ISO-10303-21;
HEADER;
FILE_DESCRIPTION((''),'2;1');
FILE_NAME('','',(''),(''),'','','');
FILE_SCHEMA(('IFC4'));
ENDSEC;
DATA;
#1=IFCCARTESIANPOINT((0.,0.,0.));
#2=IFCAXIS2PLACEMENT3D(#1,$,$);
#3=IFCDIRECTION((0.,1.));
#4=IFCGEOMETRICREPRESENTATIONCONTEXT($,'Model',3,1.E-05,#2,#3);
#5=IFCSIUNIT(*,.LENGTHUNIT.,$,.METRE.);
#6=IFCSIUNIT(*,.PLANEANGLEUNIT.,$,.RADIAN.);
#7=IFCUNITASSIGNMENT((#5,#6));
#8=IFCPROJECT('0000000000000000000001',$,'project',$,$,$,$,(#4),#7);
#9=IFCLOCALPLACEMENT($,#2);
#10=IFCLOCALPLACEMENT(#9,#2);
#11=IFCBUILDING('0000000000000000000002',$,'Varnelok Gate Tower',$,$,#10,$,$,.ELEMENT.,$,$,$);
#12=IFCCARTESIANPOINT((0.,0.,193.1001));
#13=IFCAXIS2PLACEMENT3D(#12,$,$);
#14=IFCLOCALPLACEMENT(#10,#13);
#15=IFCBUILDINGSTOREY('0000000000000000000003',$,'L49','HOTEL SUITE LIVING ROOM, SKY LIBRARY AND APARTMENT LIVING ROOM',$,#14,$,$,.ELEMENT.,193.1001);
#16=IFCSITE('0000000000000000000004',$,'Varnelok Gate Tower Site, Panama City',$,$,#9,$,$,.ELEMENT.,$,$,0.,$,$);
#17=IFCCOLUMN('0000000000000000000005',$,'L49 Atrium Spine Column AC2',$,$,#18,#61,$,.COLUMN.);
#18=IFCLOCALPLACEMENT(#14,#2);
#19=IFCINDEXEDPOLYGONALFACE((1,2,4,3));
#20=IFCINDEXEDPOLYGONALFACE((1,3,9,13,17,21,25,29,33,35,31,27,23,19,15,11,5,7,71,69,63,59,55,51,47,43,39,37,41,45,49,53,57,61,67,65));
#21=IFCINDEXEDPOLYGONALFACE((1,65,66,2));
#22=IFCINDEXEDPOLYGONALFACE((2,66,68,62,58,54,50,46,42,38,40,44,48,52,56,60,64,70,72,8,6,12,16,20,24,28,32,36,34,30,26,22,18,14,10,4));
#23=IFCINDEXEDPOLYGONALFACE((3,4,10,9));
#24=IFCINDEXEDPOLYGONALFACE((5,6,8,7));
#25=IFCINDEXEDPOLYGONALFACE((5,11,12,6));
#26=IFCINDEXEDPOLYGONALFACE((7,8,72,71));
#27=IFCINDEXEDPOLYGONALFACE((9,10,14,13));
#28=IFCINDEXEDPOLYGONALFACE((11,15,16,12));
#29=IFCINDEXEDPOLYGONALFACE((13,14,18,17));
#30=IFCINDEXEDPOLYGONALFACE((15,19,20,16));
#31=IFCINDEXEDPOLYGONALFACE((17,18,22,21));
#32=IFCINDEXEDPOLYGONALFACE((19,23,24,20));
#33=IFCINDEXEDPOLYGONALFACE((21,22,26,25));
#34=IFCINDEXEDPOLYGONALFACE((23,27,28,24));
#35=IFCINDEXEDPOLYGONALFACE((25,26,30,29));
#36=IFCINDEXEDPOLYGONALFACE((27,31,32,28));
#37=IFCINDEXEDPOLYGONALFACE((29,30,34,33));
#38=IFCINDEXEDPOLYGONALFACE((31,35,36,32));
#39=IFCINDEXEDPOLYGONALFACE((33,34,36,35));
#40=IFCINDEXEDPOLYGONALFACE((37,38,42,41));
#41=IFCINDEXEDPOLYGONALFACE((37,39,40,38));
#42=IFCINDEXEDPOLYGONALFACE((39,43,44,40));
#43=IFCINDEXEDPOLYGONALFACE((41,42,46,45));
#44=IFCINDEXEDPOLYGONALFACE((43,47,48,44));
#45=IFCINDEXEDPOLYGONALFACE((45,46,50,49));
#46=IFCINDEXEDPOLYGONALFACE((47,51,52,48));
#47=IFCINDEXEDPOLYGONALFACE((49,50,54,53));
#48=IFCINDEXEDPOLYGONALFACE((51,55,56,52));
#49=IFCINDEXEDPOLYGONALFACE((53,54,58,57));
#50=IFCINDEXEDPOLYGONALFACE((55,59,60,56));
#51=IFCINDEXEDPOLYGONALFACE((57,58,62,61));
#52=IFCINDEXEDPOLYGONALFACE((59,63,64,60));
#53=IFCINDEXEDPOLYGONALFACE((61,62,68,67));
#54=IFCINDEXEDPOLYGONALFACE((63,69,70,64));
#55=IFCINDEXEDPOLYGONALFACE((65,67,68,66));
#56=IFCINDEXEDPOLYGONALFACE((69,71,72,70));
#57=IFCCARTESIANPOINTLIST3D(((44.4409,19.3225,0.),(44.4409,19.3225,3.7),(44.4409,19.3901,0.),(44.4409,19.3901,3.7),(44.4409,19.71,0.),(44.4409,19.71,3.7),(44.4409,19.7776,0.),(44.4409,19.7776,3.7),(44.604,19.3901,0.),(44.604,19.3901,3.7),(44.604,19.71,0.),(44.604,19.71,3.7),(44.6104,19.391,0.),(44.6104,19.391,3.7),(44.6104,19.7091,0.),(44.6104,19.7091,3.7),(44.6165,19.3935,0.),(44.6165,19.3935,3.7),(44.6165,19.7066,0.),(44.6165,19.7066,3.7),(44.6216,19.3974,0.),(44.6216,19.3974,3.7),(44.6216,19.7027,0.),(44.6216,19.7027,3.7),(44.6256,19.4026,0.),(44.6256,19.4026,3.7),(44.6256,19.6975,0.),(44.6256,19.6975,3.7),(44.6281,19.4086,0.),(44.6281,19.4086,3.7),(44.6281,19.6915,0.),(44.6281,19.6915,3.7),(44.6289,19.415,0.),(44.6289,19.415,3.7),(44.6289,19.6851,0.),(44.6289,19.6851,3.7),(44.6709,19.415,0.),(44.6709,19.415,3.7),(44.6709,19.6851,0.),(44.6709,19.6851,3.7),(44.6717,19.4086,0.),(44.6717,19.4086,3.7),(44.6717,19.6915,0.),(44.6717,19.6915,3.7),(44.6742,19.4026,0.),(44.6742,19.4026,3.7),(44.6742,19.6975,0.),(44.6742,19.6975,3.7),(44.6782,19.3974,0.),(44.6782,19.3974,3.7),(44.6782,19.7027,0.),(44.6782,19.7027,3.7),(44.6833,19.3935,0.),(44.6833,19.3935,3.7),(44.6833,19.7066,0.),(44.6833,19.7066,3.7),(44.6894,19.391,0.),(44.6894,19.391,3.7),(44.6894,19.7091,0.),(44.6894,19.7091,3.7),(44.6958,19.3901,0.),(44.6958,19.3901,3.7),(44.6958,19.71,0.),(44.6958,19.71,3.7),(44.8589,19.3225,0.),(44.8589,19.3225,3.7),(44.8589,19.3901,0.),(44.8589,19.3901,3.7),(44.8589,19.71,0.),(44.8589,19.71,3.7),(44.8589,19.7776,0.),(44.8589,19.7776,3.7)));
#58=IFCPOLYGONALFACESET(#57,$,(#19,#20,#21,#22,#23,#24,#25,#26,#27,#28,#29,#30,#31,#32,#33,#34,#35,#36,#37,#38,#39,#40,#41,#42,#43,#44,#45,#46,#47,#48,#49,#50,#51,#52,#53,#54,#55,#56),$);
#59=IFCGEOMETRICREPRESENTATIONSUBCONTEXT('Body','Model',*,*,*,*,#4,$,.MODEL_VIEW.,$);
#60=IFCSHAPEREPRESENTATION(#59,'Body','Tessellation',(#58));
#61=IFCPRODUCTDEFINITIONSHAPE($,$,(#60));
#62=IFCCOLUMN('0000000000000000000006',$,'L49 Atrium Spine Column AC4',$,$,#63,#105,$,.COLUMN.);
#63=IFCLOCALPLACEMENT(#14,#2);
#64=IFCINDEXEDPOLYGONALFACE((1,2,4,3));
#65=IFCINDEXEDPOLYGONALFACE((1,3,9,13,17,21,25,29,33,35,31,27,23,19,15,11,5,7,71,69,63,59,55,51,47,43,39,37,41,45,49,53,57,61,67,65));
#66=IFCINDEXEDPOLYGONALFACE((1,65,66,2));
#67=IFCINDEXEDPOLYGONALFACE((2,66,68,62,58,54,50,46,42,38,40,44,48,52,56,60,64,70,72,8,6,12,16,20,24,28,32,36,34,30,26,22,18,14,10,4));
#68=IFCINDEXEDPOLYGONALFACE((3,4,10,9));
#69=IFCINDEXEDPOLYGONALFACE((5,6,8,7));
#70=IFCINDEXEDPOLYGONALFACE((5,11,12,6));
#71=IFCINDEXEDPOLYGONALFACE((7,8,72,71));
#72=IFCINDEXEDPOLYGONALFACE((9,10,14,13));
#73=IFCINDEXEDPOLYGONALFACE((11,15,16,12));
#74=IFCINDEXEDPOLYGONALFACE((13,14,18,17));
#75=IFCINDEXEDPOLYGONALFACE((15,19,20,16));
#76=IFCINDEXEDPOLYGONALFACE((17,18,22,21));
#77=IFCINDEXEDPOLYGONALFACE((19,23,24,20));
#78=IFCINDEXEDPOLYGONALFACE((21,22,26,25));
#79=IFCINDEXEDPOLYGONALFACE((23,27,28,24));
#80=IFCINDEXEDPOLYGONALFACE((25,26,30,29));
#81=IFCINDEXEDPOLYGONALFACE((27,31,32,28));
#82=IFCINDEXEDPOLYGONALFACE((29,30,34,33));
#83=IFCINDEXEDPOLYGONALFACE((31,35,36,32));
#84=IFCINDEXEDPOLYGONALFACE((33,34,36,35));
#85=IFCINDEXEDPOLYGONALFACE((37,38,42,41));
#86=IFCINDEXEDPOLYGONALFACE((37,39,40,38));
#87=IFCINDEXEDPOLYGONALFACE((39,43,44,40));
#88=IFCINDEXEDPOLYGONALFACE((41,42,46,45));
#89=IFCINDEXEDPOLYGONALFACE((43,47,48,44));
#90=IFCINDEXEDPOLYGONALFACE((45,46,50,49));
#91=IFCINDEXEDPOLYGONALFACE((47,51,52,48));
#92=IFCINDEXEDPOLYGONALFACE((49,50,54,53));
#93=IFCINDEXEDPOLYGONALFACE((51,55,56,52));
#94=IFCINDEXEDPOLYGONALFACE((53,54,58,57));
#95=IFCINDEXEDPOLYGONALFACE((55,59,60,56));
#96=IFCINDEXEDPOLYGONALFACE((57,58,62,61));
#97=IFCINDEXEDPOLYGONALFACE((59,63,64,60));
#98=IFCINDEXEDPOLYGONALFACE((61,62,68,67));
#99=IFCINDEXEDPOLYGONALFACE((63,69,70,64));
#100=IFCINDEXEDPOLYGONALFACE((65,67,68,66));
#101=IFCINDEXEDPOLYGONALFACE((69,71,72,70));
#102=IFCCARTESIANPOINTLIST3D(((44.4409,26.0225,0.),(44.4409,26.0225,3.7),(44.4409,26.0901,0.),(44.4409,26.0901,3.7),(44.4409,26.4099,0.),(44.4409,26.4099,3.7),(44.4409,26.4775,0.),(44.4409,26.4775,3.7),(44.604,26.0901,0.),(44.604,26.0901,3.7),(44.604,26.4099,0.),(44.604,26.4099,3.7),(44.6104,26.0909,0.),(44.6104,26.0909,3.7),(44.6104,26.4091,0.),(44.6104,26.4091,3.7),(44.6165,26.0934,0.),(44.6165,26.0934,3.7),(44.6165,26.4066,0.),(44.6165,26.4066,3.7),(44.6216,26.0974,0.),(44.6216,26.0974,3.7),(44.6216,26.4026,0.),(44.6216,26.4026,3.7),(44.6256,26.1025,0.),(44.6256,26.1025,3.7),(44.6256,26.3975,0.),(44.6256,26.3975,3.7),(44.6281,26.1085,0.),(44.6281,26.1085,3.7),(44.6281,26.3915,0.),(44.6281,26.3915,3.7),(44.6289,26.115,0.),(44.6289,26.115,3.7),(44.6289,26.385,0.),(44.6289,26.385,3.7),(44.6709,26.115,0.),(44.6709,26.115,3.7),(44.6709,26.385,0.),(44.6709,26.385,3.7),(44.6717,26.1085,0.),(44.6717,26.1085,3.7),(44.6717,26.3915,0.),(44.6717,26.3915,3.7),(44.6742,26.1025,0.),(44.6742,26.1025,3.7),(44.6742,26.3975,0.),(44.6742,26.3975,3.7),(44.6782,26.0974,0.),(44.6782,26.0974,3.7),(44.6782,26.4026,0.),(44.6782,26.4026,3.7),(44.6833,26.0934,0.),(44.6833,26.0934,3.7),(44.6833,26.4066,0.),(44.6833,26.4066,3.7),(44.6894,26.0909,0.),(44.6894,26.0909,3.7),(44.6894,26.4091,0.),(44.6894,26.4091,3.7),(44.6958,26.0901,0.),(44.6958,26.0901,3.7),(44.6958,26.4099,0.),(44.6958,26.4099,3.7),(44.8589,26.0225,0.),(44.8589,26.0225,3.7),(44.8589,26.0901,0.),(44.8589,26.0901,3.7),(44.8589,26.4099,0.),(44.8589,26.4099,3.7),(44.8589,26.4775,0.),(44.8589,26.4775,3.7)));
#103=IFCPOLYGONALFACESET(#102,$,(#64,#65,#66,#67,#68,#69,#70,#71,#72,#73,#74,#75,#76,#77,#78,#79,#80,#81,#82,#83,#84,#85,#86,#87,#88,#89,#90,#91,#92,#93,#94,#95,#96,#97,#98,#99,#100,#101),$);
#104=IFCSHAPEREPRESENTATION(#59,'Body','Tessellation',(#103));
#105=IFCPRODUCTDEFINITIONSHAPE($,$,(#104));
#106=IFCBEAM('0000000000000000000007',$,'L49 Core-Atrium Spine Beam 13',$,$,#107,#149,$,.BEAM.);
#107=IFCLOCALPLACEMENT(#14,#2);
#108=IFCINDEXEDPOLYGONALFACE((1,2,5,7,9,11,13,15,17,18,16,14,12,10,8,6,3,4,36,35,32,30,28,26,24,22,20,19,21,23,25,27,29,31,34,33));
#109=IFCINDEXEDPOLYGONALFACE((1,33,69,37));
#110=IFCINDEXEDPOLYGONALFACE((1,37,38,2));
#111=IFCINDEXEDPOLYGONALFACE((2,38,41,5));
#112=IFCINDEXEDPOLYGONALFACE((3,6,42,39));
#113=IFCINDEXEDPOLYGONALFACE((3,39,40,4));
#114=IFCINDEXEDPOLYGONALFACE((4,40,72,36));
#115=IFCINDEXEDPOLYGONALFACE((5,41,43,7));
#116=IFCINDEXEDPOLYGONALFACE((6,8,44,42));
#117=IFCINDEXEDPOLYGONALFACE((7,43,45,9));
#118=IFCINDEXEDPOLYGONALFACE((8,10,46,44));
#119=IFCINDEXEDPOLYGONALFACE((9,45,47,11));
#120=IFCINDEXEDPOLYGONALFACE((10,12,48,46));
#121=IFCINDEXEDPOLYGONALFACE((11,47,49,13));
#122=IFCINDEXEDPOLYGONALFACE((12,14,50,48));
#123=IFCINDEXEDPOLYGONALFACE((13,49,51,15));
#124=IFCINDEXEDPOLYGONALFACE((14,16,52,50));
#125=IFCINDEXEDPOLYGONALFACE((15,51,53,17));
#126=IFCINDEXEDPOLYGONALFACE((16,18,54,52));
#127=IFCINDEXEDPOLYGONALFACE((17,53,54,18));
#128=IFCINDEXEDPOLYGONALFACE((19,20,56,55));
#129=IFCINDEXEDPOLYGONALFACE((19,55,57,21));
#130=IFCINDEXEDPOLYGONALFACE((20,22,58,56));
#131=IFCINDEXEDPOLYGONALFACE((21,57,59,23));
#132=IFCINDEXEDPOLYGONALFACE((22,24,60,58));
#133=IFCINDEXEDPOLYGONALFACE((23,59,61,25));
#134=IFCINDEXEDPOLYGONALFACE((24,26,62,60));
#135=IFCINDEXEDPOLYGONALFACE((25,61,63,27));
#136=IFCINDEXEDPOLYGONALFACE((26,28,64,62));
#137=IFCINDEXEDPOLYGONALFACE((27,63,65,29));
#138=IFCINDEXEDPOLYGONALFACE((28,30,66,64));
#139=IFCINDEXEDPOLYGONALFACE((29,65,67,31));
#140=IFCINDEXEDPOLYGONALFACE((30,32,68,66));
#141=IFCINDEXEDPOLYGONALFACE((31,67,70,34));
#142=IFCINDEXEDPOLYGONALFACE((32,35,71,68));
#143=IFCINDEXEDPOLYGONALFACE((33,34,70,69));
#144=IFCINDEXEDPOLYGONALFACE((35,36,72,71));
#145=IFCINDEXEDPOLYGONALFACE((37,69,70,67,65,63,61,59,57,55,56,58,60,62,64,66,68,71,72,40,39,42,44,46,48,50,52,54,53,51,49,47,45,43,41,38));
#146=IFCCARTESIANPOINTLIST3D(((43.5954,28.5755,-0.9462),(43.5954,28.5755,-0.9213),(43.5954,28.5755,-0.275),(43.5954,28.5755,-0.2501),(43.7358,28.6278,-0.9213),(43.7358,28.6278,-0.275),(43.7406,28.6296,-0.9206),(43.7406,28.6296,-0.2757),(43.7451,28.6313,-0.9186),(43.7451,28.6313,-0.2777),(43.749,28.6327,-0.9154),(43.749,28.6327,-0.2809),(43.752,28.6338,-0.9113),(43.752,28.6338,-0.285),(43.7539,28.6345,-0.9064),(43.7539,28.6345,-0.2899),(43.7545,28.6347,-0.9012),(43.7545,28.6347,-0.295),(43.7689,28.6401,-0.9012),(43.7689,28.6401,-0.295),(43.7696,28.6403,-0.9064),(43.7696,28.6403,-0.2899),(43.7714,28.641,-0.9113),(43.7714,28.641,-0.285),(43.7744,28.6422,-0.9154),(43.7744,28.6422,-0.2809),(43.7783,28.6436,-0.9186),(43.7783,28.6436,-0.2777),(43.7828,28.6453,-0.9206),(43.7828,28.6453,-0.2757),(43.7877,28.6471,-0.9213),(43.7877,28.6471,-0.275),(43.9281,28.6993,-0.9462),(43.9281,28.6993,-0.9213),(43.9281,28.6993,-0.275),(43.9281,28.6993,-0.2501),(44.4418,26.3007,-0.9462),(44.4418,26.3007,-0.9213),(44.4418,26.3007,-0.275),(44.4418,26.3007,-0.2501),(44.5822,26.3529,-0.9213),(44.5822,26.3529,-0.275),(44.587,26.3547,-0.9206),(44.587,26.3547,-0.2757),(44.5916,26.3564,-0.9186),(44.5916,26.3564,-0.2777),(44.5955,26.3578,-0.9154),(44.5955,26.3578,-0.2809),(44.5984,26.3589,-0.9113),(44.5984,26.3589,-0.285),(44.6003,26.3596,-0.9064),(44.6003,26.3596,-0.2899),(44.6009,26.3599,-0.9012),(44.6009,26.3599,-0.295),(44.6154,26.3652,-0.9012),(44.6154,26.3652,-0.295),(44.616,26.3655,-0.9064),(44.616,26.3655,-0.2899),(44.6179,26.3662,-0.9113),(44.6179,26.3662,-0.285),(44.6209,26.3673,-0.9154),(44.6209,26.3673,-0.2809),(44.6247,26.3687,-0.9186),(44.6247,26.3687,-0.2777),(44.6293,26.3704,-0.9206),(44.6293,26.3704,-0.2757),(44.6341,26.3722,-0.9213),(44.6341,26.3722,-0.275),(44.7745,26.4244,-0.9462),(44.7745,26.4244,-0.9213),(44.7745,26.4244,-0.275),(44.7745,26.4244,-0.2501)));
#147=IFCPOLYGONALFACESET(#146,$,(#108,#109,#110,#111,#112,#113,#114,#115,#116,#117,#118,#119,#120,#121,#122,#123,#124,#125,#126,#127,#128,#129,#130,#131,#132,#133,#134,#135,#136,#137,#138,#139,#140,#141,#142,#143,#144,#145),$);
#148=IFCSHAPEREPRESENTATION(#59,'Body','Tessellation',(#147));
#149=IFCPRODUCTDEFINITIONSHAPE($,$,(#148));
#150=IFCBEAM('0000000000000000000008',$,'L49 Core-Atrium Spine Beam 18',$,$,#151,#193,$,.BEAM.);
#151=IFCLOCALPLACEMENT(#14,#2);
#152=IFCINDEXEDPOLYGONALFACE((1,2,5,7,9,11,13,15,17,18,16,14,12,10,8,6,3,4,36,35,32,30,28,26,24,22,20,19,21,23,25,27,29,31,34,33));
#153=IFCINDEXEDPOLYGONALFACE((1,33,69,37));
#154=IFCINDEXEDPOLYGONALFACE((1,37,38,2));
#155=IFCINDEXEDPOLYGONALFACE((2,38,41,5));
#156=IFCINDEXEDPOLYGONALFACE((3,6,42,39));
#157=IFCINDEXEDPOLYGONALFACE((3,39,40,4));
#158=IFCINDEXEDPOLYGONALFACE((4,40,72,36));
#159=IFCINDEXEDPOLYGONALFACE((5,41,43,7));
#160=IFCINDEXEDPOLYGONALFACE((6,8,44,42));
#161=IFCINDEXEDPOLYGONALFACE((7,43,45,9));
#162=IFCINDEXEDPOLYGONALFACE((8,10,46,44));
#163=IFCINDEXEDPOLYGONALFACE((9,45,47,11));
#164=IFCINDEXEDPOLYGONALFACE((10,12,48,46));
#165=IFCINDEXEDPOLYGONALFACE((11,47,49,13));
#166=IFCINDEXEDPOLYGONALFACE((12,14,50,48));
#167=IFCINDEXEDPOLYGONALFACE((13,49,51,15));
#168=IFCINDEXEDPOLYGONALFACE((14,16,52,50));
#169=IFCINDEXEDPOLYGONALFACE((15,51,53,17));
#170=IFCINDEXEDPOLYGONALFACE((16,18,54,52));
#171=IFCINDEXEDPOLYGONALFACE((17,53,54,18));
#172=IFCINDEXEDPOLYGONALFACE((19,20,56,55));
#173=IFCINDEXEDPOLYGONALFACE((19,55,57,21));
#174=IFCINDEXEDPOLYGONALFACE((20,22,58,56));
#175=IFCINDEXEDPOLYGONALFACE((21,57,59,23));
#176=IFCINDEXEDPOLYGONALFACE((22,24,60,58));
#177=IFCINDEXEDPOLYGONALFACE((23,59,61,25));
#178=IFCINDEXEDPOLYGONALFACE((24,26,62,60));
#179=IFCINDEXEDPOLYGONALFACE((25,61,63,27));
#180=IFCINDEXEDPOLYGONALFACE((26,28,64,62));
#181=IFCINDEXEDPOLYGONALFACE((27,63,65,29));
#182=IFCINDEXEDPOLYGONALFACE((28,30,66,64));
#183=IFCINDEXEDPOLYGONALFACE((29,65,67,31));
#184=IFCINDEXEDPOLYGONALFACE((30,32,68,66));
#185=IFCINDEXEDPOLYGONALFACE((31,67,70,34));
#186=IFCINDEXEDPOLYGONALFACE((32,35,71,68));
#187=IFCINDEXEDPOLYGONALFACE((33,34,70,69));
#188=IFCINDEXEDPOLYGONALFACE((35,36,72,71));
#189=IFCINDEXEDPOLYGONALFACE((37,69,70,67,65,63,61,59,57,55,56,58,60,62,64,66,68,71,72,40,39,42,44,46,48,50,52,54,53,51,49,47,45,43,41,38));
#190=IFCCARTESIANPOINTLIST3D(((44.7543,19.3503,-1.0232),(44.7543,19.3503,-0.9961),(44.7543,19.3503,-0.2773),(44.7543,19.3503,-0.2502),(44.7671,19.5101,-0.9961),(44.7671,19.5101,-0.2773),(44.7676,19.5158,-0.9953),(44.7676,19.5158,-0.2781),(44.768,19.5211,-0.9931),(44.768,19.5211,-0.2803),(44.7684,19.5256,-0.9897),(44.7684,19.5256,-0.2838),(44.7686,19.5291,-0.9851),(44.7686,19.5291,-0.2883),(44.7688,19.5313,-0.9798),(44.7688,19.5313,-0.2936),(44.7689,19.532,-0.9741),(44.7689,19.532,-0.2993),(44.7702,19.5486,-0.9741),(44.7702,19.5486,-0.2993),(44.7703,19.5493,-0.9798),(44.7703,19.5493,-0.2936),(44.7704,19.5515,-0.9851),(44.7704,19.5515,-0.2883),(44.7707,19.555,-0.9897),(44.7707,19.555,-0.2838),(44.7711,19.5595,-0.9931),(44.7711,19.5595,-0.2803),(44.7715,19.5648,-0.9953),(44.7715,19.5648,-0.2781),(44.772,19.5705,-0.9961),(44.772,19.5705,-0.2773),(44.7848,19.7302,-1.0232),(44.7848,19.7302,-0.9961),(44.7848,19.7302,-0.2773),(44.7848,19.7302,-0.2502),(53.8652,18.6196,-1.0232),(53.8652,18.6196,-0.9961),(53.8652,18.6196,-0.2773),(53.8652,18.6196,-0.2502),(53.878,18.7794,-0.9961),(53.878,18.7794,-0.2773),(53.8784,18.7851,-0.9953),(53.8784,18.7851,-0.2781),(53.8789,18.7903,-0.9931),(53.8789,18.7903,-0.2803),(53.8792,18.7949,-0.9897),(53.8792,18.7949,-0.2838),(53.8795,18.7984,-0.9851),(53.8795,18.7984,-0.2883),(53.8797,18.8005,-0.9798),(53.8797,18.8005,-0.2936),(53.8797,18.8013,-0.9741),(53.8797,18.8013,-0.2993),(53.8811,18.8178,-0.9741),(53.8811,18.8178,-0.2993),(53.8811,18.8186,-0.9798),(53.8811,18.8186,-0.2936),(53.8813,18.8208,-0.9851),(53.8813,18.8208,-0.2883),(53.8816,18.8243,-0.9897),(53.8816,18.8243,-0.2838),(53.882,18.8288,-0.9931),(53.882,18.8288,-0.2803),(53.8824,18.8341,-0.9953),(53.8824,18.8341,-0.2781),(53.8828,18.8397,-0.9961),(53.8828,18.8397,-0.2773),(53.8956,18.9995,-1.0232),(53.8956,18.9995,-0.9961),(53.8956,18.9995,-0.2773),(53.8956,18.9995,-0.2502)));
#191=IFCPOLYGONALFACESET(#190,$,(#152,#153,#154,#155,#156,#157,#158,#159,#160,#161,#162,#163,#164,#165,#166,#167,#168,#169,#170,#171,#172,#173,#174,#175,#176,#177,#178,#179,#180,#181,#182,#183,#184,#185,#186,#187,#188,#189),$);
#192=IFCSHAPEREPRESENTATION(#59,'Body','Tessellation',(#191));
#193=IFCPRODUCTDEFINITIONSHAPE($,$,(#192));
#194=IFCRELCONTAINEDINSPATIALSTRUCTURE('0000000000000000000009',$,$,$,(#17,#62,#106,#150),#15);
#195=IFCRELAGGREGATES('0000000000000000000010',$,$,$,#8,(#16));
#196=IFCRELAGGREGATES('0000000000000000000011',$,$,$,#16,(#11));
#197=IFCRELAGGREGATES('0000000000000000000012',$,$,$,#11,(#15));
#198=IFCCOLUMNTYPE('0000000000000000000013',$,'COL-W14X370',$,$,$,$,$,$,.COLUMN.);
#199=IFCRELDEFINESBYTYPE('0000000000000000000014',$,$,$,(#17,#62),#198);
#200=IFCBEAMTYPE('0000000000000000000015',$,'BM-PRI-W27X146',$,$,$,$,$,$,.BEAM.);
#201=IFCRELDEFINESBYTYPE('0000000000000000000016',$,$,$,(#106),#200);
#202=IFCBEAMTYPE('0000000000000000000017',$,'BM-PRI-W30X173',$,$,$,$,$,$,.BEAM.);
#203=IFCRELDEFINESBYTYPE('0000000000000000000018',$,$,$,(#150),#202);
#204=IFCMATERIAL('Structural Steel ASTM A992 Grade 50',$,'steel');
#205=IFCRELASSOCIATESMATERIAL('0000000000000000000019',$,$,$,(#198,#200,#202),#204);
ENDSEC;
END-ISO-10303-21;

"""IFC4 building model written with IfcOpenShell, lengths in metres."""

from ifc_helpers import new_model, si_unit, direction, frame, origin, origin_2d, place, context, subcontext, project, spatial, i_section, extrude, material, material_profile, profile_set, type_object, element, save


model = new_model("IFC4")

# Units and contexts
model_context = context("Model", 3, precision=1e-05, world=origin(), true_north=direction((0.0, 1.0)))
body_context = subcontext(model_context, "Body", "Model", "MODEL_VIEW")
ifc_project = project(units=[si_unit("LENGTHUNIT", "METRE"), si_unit("PLANEANGLEUNIT", "RADIAN")], contexts=[model_context])

# Site, building, storey
site_placement = place(None, origin())
site = spatial("IfcSite", under=ifc_project, at=site_placement, Name="Varnelok Gate Tower Site, Panama City", CompositionType="ELEMENT", RefElevation=0.0)
building_placement = place(site_placement, origin())
building = spatial("IfcBuilding", under=site, at=building_placement, Name="Varnelok Gate Tower", CompositionType="ELEMENT")
storey_placement = place(building_placement, frame((0.0, 0.0, 193.1001)))
storey = spatial("IfcBuildingStorey", under=building, at=storey_placement, Name="L49", Description="HOTEL SUITE LIVING ROOM, SKY LIBRARY AND APARTMENT LIVING ROOM", CompositionType="ELEMENT", Elevation=193.1001)

# Columns
ifc_material_1 = material(Name="Structural Steel ASTM A992 Grade 50", Category="steel")
ifc_material_profile_1 = material_profile(ifc_material_1, i_section(OverallWidth=0.418, OverallDepth=0.4551, WebThickness=0.042, FlangeThickness=0.0676, FilletRadius=0.0249, at=origin_2d()), Name="W14X370")
ifc_profile_set_1 = profile_set([ifc_material_profile_1], Name="Structural Steel ASTM A992 Grade 50")
column_type = type_object("IfcColumnType", Name="COL-W14X370", PredefinedType="COLUMN", material=ifc_profile_set_1)
for number, where, z_axis, x_axis, name in (
    (1, (44.6499, 19.55, 0.0), (0.0, 0.0, 1.0), (1.0, 0.0, 0.0), "L49 Atrium Spine Column AC2"),
    (2, (44.6499, 26.25, 0.0), (0.0, 0.0, 1.0), (1.0, 0.0, 0.0), "L49 Atrium Spine Column AC4"),
):
    element("IfcColumn", number, at=place(storey_placement, frame(where, z_axis=z_axis, x_axis=x_axis)), inside=storey, type_object=column_type, Name=name, PredefinedType="COLUMN", context=body_context, shape_type="SweptSolid", body=[
        extrude(i_section(OverallWidth=0.418, OverallDepth=0.4551, WebThickness=0.042, FlangeThickness=0.0676, FilletRadius=0.0249, at=origin_2d()), origin(), (0.0, 0.0, 1.0), 3.7),
    ])

# Beams
ifc_material_profile_2 = material_profile(ifc_material_1, i_section(OverallWidth=0.355, OverallDepth=0.696, WebThickness=0.0154, FlangeThickness=0.0249, FilletRadius=0.02, at=origin_2d()), Name="W27X146")
ifc_profile_set_2 = profile_set([ifc_material_profile_2], Name="Structural Steel ASTM A992 Grade 50")
beam_type_1 = type_object("IfcBeamType", Name="BM-PRI-W27X146", PredefinedType="BEAM", material=ifc_profile_set_2)
beam_1_placement = place(storey_placement, frame((44.6082, 26.3625, -0.5981), z_axis=(-0.348719, 0.937227, 0.0), x_axis=(-0.937227, -0.348719, 0.0)))
element("IfcBeam", 3, at=beam_1_placement, inside=storey, type_object=beam_type_1, Name="L49 Core-Atrium Spine Beam 13", PredefinedType="BEAM", context=body_context, shape_type="SweptSolid", body=[
    extrude(i_section(OverallWidth=0.355, OverallDepth=0.696, WebThickness=0.0154, FlangeThickness=0.0249, FilletRadius=0.02, at=origin_2d()), origin(), (0.0, 0.0, 1.0), 2.4272),
])
ifc_material_profile_3 = material_profile(ifc_material_1, i_section(OverallWidth=0.3811, OverallDepth=0.7729, WebThickness=0.0166, FlangeThickness=0.0271, FilletRadius=0.022, at=origin_2d()), Name="W30X173")
ifc_profile_set_3 = profile_set([ifc_material_profile_3], Name="Structural Steel ASTM A992 Grade 50")
beam_type_2 = type_object("IfcBeamType", Name="BM-PRI-W30X173", PredefinedType="BEAM", material=ifc_profile_set_3)
beam_2_placement = place(storey_placement, frame((44.7695, 19.5403, -0.6367), z_axis=(0.996799, -0.079946, 0.0), x_axis=(0.079946, 0.996799, 0.0)))
element("IfcBeam", 4, at=beam_2_placement, inside=storey, type_object=beam_type_2, Name="L49 Core-Atrium Spine Beam 18", PredefinedType="BEAM", context=body_context, shape_type="SweptSolid", body=[
    extrude(i_section(OverallWidth=0.3811, OverallDepth=0.7729, WebThickness=0.0166, FlangeThickness=0.0271, FilletRadius=0.022, at=origin_2d()), origin(), (0.0, 0.0, 1.0), 9.1401),
])

save(model, "model.ifc")
